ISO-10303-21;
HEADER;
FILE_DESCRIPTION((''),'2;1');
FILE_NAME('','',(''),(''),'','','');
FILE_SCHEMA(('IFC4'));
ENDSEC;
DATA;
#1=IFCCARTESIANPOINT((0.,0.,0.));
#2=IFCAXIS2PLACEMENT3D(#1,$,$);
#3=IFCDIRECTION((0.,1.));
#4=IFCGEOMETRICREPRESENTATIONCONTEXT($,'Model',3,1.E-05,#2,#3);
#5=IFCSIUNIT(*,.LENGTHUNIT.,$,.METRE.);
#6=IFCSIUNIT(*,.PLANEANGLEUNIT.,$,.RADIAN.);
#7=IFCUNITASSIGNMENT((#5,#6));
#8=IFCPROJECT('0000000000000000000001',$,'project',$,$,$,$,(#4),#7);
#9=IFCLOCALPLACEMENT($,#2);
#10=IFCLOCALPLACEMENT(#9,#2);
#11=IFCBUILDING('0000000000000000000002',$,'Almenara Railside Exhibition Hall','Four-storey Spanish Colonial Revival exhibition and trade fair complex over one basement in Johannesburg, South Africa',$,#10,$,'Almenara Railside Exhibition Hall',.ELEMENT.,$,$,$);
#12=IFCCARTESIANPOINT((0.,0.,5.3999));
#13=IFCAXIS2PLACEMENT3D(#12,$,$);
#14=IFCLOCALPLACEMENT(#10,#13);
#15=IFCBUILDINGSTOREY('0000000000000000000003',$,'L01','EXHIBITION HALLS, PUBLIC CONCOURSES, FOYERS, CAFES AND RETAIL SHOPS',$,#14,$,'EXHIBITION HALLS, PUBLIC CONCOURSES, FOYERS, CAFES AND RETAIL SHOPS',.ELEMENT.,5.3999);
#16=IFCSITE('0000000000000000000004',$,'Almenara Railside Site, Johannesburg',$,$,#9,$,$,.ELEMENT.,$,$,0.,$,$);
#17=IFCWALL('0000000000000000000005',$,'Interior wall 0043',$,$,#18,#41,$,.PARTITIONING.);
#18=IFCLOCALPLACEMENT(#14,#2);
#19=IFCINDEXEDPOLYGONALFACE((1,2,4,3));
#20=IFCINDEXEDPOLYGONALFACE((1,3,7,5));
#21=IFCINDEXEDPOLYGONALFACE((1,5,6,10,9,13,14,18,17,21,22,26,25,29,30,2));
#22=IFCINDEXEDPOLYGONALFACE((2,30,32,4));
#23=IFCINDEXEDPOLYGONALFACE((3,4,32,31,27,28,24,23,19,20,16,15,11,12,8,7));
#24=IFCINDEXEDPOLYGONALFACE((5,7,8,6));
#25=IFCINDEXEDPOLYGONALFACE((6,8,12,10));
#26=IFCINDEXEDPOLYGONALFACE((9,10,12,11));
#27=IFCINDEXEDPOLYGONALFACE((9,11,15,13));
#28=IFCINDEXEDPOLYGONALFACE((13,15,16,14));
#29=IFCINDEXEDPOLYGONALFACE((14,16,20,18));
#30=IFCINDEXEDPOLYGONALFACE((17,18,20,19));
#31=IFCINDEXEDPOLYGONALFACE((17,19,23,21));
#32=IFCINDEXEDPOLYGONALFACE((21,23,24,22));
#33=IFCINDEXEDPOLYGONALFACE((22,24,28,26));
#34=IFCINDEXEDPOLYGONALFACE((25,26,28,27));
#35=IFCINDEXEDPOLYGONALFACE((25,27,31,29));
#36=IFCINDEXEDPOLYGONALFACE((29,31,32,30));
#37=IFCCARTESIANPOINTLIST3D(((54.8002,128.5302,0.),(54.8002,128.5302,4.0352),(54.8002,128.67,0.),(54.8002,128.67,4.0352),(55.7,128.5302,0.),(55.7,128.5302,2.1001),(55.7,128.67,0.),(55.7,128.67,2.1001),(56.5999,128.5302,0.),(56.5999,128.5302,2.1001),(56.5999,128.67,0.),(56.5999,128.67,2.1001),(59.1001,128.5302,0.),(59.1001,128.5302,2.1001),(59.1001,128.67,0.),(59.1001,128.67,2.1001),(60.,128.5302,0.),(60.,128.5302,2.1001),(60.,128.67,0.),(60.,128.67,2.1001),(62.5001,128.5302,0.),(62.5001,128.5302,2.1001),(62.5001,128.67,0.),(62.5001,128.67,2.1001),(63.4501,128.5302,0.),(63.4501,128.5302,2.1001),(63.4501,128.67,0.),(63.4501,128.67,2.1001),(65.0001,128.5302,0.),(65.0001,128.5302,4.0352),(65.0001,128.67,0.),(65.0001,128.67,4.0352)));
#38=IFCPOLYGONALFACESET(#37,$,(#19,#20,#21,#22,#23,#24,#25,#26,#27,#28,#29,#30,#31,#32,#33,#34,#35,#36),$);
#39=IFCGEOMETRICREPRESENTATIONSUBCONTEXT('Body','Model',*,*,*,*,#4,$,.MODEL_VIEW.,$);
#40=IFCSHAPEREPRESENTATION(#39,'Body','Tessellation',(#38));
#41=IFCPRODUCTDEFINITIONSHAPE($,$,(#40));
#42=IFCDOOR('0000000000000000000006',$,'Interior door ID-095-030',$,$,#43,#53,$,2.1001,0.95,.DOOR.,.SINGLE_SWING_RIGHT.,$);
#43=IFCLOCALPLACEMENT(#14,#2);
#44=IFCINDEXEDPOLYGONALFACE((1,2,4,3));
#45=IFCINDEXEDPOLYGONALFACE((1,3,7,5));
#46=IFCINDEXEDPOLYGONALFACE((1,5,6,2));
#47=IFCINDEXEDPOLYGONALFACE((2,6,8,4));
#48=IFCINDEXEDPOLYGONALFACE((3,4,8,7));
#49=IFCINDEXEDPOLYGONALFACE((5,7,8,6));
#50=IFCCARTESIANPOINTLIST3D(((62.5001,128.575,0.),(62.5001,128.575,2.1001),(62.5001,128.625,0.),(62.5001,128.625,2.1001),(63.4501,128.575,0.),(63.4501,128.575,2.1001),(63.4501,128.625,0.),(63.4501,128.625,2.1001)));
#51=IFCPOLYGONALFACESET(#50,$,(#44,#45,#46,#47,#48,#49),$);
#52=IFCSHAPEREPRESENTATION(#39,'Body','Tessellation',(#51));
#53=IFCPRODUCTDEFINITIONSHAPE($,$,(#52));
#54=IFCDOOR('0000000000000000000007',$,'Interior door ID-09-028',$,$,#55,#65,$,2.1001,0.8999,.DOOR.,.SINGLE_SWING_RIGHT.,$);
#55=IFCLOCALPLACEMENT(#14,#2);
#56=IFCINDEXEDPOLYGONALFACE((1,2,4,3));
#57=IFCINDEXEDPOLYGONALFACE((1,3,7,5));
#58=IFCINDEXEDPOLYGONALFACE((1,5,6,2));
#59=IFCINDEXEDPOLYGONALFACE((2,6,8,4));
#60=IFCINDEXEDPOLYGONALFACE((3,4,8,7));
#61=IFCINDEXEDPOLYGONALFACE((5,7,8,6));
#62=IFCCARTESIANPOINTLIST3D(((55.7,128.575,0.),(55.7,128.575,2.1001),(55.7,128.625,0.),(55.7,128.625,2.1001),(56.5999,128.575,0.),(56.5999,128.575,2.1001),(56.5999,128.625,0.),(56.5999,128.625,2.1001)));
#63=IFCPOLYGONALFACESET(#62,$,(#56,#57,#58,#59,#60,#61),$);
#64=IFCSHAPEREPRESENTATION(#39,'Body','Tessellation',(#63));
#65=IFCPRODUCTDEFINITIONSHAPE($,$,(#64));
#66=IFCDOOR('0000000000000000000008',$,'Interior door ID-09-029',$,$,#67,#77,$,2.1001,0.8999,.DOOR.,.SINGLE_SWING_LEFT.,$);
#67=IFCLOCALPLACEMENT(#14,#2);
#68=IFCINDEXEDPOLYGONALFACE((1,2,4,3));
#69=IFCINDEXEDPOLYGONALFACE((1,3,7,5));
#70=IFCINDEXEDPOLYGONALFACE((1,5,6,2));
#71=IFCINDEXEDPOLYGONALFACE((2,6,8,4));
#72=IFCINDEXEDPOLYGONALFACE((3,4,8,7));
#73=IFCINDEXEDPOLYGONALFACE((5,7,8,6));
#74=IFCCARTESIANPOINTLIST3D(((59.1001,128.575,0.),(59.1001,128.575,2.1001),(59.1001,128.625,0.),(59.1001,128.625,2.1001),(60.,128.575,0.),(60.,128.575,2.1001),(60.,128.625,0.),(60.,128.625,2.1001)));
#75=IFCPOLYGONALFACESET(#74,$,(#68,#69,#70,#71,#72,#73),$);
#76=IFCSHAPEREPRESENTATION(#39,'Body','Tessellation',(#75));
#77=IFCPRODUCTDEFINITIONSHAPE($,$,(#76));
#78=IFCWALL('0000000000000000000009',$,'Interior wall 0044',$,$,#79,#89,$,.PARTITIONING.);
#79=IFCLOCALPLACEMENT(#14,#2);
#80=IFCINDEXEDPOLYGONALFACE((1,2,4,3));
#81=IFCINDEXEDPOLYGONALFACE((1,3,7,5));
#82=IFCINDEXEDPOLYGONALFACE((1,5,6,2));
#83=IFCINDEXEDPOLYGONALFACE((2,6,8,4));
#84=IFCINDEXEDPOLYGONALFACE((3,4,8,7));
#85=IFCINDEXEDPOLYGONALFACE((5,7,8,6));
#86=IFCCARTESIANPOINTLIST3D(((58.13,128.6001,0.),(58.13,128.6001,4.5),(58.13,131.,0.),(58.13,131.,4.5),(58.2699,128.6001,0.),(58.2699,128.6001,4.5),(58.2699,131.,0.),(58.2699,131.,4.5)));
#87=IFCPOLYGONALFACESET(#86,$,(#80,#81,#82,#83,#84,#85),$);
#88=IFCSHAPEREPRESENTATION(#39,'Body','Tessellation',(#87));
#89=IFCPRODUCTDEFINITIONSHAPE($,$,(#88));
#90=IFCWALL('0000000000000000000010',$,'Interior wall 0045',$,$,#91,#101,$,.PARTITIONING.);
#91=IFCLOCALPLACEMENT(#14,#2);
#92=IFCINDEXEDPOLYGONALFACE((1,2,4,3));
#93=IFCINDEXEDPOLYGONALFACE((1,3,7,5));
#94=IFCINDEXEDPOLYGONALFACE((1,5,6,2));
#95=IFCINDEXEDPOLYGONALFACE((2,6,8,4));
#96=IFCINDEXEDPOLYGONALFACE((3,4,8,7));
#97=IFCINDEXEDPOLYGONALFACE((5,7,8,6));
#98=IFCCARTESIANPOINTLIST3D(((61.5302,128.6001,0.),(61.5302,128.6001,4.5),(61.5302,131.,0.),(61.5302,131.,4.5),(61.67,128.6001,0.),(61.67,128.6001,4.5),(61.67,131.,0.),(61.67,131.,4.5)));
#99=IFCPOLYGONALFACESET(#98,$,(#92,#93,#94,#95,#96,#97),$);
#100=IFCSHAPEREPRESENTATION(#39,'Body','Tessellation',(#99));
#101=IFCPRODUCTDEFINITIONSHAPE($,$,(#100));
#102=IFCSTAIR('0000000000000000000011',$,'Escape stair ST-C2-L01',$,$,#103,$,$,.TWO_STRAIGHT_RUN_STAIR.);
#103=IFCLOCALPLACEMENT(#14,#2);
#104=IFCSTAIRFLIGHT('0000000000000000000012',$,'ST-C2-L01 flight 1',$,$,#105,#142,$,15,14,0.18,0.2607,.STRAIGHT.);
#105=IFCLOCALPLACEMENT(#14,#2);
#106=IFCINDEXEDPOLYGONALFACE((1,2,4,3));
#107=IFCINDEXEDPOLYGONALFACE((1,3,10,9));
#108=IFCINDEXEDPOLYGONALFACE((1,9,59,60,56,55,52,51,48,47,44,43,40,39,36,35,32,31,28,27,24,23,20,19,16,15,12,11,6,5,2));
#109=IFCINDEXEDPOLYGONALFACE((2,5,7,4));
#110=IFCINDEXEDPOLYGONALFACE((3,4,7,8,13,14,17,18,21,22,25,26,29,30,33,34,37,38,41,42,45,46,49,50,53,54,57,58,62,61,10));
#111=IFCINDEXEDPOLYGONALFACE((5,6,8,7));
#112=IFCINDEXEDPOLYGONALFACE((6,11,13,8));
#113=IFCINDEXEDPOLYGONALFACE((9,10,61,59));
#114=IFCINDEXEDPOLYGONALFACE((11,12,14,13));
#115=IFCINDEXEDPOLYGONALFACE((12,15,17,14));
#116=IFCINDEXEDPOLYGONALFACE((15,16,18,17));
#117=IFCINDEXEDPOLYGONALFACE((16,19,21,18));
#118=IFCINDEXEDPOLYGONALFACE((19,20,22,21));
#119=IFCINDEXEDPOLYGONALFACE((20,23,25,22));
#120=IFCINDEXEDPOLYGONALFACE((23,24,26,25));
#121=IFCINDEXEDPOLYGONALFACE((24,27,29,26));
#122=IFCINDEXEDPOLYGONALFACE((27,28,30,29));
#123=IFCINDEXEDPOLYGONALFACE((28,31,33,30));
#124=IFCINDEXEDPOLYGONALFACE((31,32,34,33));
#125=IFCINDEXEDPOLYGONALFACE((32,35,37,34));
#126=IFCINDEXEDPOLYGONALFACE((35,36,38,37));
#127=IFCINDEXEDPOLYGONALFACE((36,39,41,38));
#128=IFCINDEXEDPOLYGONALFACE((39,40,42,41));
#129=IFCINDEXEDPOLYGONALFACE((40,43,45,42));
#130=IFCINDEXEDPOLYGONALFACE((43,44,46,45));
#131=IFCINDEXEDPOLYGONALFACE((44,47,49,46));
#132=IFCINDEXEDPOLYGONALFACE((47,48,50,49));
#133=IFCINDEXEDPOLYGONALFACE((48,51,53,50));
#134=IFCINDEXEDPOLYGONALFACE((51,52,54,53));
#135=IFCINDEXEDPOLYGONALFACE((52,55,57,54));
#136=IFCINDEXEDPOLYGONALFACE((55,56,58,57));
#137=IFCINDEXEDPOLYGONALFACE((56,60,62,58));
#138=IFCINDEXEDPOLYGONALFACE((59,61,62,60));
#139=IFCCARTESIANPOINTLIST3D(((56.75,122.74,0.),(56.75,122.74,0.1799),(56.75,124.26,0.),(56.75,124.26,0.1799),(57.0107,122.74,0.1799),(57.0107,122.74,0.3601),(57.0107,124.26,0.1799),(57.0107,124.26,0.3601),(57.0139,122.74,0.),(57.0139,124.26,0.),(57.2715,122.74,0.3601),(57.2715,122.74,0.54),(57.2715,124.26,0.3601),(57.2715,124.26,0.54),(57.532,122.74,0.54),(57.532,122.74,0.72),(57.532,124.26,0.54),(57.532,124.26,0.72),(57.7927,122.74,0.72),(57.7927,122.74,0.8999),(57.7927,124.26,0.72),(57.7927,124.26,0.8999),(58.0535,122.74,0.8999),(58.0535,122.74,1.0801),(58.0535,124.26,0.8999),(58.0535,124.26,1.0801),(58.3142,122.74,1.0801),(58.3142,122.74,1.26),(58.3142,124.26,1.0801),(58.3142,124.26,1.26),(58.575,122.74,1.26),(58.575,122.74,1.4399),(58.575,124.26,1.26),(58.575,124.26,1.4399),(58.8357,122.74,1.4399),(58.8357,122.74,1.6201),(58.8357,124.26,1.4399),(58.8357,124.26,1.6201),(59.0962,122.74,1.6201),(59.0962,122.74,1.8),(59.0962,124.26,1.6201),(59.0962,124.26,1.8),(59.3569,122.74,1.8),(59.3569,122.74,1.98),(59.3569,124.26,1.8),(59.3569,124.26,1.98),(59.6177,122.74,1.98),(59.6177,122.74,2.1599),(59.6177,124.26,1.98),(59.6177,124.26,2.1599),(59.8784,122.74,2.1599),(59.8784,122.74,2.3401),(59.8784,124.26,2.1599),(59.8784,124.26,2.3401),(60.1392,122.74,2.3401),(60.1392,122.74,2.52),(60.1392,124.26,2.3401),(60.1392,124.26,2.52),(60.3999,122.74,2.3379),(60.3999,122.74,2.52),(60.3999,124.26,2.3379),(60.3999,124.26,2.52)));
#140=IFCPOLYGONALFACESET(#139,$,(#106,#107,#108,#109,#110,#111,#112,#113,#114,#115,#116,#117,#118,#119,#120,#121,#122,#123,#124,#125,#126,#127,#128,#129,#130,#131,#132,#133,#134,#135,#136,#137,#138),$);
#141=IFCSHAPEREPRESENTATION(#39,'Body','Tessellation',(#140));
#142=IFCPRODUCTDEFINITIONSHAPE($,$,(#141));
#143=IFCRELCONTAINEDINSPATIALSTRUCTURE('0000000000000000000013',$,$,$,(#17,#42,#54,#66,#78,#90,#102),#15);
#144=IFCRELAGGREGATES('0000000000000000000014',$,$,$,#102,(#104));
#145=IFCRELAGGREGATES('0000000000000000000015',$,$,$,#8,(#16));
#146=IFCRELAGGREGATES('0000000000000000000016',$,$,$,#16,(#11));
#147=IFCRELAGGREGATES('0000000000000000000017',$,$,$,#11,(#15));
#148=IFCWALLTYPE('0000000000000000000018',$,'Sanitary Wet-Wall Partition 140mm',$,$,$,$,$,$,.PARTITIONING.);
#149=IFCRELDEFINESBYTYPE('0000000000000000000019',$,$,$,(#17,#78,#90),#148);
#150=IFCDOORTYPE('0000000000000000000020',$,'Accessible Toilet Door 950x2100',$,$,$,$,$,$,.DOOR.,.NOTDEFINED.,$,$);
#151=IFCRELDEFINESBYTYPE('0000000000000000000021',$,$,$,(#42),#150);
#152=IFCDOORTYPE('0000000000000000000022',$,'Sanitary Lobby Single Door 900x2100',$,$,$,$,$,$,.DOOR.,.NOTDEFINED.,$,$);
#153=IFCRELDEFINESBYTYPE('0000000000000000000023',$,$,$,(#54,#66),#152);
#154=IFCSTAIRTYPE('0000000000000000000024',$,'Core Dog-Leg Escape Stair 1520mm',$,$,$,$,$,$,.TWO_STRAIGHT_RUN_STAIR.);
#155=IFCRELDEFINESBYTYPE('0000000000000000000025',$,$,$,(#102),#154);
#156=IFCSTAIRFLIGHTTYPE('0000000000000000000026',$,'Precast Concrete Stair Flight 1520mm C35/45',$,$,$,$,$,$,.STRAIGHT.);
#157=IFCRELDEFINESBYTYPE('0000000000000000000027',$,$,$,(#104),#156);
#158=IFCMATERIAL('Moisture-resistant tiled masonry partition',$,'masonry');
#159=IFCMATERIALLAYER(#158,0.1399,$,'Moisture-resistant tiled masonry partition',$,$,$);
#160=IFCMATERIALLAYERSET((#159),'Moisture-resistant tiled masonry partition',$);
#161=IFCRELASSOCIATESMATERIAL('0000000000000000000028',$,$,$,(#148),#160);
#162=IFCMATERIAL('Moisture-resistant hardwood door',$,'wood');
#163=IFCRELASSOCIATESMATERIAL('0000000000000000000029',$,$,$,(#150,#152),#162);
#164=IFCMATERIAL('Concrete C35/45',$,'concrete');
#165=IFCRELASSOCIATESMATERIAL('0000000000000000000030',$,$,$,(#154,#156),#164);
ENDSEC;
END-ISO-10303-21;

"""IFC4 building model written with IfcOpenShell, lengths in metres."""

from ifc_helpers import new_model, si_unit, direction, frame, frame_2d, origin, place, context, subcontext, project, spatial, polyline, rectangle, outline, extrude, material, layer, layer_set, type_object, element, fill, aggregate, save


model = new_model("IFC4")

# Units and contexts
model_context = context("Model", 3, precision=1e-05, world=origin(), true_north=direction((0.0, 1.0)))
body_context = subcontext(model_context, "Body", "Model", "MODEL_VIEW")
ifc_project = project(units=[si_unit("LENGTHUNIT", "METRE"), si_unit("PLANEANGLEUNIT", "RADIAN")], contexts=[model_context])

# Site, building, storey
site_placement = place(None, origin())
site = spatial("IfcSite", under=ifc_project, at=site_placement, Name="Almenara Railside Site, Johannesburg", CompositionType="ELEMENT", RefElevation=0.0)
building_placement = place(site_placement, origin())
building = spatial("IfcBuilding", under=site, at=building_placement, Name="Almenara Railside Exhibition Hall", Description="Four-storey Spanish Colonial Revival exhibition and trade fair complex over one basement in Johannesburg, South Africa", LongName="Almenara Railside Exhibition Hall", CompositionType="ELEMENT")
storey_placement = place(building_placement, frame((0.0, 0.0, 5.3999)))
storey = spatial("IfcBuildingStorey", under=building, at=storey_placement, Name="L01", Description="EXHIBITION HALLS, PUBLIC CONCOURSES, FOYERS, CAFES AND RETAIL SHOPS", LongName="EXHIBITION HALLS, PUBLIC CONCOURSES, FOYERS, CAFES AND RETAIL SHOPS", CompositionType="ELEMENT", Elevation=5.3999)

# Shared definitions
ifc_material_1 = material(Name="Concrete C35/45", Category="concrete")

# Wall, openings, doors
ifc_material_2 = material(Name="Moisture-resistant tiled masonry partition", Category="masonry")
ifc_layer_1 = layer(ifc_material_2, 0.1399, Name="Moisture-resistant tiled masonry partition")
ifc_layer_set_1 = layer_set([ifc_layer_1], Name="Moisture-resistant tiled masonry partition")
wall_type_1 = type_object("IfcWallType", Name="Sanitary Wet-Wall Partition 140mm", PredefinedType="PARTITIONING", material=ifc_layer_set_1)
wall_1_placement = place(storey_placement, frame((54.8, 128.6001, 0.0), z_axis=(0.0, 0.0, 1.0), x_axis=(1.0, 0.0, 0.0)))
wall_1 = element("IfcWall", 1, at=wall_1_placement, inside=storey, type_object=wall_type_1, Name="Interior wall 0043", PredefinedType="PARTITIONING", context=body_context, shape_type="SweptSolid", body=[
    extrude(rectangle(XDim=10.2, YDim=0.1399, at=frame_2d((5.1001, 0.0))), origin(), (0.0, 0.0, 1.0), 4.0352),
])
opening_1_placement = place(wall_1_placement, frame((0.8999, 0.0, 0.0)))
opening_1 = element("IfcOpeningElement", 2, at=opening_1_placement, cuts=wall_1, PredefinedType="OPENING", context=body_context, shape_type="SweptSolid", body=[
    extrude(rectangle(XDim=0.8999, YDim=2.1001, at=frame_2d((0.45, 1.05))), frame((0.0, 0.0798, 0.0), z_axis=(0.0, -1.0, 0.0), x_axis=(1.0, 0.0, 0.0)), (0.0, 0.0, 1.0), 0.1599),
])
opening_2_placement = place(wall_1_placement, frame((4.3, 0.0, 0.0)))
opening_2 = element("IfcOpeningElement", 3, at=opening_2_placement, cuts=wall_1, PredefinedType="OPENING", context=body_context, shape_type="SweptSolid", body=[
    extrude(rectangle(XDim=0.8999, YDim=2.1001, at=frame_2d((0.45, 1.05))), frame((0.0, 0.0798, 0.0), z_axis=(0.0, -1.0, 0.0), x_axis=(1.0, 0.0, 0.0)), (0.0, 0.0, 1.0), 0.1599),
])
opening_3_placement = place(wall_1_placement, frame((7.7, 0.0, 0.0)))
opening_3 = element("IfcOpeningElement", 4, at=opening_3_placement, cuts=wall_1, PredefinedType="OPENING", context=body_context, shape_type="SweptSolid", body=[
    extrude(rectangle(XDim=0.95, YDim=2.1001, at=frame_2d((0.4751, 1.05))), frame((0.0, 0.0798, 0.0), z_axis=(0.0, -1.0, 0.0), x_axis=(1.0, 0.0, 0.0)), (0.0, 0.0, 1.0), 0.1599),
])
ifc_material_3 = material(Name="Moisture-resistant hardwood door", Category="wood")
door_type_1 = type_object("IfcDoorType", Name="Accessible Toilet Door 950x2100", OperationType="NOTDEFINED", PredefinedType="DOOR", material=ifc_material_3)
door_1_placement = place(opening_3_placement, origin())
door_1 = element("IfcDoor", 5, at=door_1_placement, inside=storey, type_object=door_type_1, Name="Interior door ID-095-030", OperationType="SINGLE_SWING_RIGHT", OverallHeight=2.1001, OverallWidth=0.95, PredefinedType="DOOR", context=body_context, shape_type="SweptSolid", body=[
    extrude(rectangle(XDim=0.95, YDim=2.1001, at=frame_2d((0.4751, 1.05))), frame((0.0, 0.0249, 0.0), z_axis=(0.0, -1.0, 0.0), x_axis=(1.0, 0.0, 0.0)), (0.0, 0.0, 1.0), 0.05),
])
fill(opening_3, door_1)
door_type_2 = type_object("IfcDoorType", Name="Sanitary Lobby Single Door 900x2100", OperationType="NOTDEFINED", PredefinedType="DOOR", material=ifc_material_3)
door_2_placement = place(opening_1_placement, origin())
door_2 = element("IfcDoor", 6, at=door_2_placement, inside=storey, type_object=door_type_2, Name="Interior door ID-09-028", OperationType="SINGLE_SWING_RIGHT", OverallHeight=2.1001, OverallWidth=0.8999, PredefinedType="DOOR", context=body_context, shape_type="SweptSolid", body=[
    extrude(rectangle(XDim=0.8999, YDim=2.1001, at=frame_2d((0.45, 1.05))), frame((0.0, 0.0249, 0.0), z_axis=(0.0, -1.0, 0.0), x_axis=(1.0, 0.0, 0.0)), (0.0, 0.0, 1.0), 0.05),
])
fill(opening_1, door_2)
door_3_placement = place(opening_2_placement, origin())
door_3 = element("IfcDoor", 7, at=door_3_placement, inside=storey, type_object=door_type_2, Name="Interior door ID-09-029", OperationType="SINGLE_SWING_LEFT", OverallHeight=2.1001, OverallWidth=0.8999, PredefinedType="DOOR", context=body_context, shape_type="SweptSolid", body=[
    extrude(rectangle(XDim=0.8999, YDim=2.1001, at=frame_2d((0.45, 1.05))), frame((0.0, 0.0249, 0.0), z_axis=(0.0, -1.0, 0.0), x_axis=(1.0, 0.0, 0.0)), (0.0, 0.0, 1.0), 0.05),
])
fill(opening_2, door_3)

# Walls
for number, where, z_axis, x_axis, name in (
    (8, (58.2, 128.6001, 0.0), (0.0, 0.0, 1.0), (0.0, 1.0, 0.0), "Interior wall 0044"),
    (9, (61.6001, 128.6001, 0.0), (0.0, 0.0, 1.0), (0.0, 1.0, 0.0), "Interior wall 0045"),
):
    element("IfcWall", number, at=place(storey_placement, frame(where, z_axis=z_axis, x_axis=x_axis)), inside=storey, type_object=wall_type_1, Name=name, PredefinedType="PARTITIONING", context=body_context, shape_type="SweptSolid", body=[
        extrude(rectangle(XDim=2.3999, YDim=0.1399, at=frame_2d((1.2, 0.0))), origin(), (0.0, 0.0, 1.0), 4.5),
    ])

# Stair, stair flight
stair_type = type_object("IfcStairType", Name="Core Dog-Leg Escape Stair 1520mm", PredefinedType="TWO_STRAIGHT_RUN_STAIR", material=ifc_material_1)
stair_placement = place(storey_placement, origin())
stair = element("IfcStair", 10, at=stair_placement, inside=storey, type_object=stair_type, Name="Escape stair ST-C2-L01", PredefinedType="TWO_STRAIGHT_RUN_STAIR")
stair_flight_type = type_object("IfcStairFlightType", Name="Precast Concrete Stair Flight 1520mm C35/45", PredefinedType="STRAIGHT", material=ifc_material_1)
stair_flight_1_placement = place(storey_placement, frame((56.75, 123.5, 0.0), z_axis=(0.0, 0.0, 1.0), x_axis=(1.0, 0.0, 0.0)))
stair_flight_1 = element("IfcStairFlight", 11, at=stair_flight_1_placement, type_object=stair_flight_type, Name="ST-C2-L01 flight 1", NumberOfRisers=15, NumberOfTreads=14, PredefinedType="STRAIGHT", RiserHeight=0.18, TreadLength=0.2607, context=body_context, shape_type="SweptSolid", body=[
    extrude(outline(polyline([(0.0, 0.0), (0.0, 0.1799), (0.2607, 0.1799), (0.2607, 0.3601), (0.5215, 0.3601), (0.5215, 0.54), (0.782, 0.54), (0.782, 0.72), (1.0427, 0.72), (1.0427, 0.8999), (1.3035, 0.8999), (1.3035, 1.0801), (1.5642, 1.0801), (1.5642, 1.26), (1.825, 1.26), (1.825, 1.4399), (2.0857, 1.4399), (2.0857, 1.6201), (2.3462, 1.6201), (2.3462, 1.8), (2.6069, 1.8), (2.6069, 1.98), (2.8677, 1.98), (2.8677, 2.1599), (3.1284, 2.1599), (3.1284, 2.3401), (3.3892, 2.3401), (3.3892, 2.52), (3.6499, 2.52), (3.6499, 2.7), (3.6499, 2.3379), (0.2639, 0.0), (0.0, 0.0)])), frame((0.0, 0.76, 0.0), z_axis=(0.0, -1.0, 0.0), x_axis=(1.0, 0.0, 0.0)), (0.0, 0.0, 1.0), 1.52),
])
aggregate(stair, [stair_flight_1])

save(model, "model.ifc")
